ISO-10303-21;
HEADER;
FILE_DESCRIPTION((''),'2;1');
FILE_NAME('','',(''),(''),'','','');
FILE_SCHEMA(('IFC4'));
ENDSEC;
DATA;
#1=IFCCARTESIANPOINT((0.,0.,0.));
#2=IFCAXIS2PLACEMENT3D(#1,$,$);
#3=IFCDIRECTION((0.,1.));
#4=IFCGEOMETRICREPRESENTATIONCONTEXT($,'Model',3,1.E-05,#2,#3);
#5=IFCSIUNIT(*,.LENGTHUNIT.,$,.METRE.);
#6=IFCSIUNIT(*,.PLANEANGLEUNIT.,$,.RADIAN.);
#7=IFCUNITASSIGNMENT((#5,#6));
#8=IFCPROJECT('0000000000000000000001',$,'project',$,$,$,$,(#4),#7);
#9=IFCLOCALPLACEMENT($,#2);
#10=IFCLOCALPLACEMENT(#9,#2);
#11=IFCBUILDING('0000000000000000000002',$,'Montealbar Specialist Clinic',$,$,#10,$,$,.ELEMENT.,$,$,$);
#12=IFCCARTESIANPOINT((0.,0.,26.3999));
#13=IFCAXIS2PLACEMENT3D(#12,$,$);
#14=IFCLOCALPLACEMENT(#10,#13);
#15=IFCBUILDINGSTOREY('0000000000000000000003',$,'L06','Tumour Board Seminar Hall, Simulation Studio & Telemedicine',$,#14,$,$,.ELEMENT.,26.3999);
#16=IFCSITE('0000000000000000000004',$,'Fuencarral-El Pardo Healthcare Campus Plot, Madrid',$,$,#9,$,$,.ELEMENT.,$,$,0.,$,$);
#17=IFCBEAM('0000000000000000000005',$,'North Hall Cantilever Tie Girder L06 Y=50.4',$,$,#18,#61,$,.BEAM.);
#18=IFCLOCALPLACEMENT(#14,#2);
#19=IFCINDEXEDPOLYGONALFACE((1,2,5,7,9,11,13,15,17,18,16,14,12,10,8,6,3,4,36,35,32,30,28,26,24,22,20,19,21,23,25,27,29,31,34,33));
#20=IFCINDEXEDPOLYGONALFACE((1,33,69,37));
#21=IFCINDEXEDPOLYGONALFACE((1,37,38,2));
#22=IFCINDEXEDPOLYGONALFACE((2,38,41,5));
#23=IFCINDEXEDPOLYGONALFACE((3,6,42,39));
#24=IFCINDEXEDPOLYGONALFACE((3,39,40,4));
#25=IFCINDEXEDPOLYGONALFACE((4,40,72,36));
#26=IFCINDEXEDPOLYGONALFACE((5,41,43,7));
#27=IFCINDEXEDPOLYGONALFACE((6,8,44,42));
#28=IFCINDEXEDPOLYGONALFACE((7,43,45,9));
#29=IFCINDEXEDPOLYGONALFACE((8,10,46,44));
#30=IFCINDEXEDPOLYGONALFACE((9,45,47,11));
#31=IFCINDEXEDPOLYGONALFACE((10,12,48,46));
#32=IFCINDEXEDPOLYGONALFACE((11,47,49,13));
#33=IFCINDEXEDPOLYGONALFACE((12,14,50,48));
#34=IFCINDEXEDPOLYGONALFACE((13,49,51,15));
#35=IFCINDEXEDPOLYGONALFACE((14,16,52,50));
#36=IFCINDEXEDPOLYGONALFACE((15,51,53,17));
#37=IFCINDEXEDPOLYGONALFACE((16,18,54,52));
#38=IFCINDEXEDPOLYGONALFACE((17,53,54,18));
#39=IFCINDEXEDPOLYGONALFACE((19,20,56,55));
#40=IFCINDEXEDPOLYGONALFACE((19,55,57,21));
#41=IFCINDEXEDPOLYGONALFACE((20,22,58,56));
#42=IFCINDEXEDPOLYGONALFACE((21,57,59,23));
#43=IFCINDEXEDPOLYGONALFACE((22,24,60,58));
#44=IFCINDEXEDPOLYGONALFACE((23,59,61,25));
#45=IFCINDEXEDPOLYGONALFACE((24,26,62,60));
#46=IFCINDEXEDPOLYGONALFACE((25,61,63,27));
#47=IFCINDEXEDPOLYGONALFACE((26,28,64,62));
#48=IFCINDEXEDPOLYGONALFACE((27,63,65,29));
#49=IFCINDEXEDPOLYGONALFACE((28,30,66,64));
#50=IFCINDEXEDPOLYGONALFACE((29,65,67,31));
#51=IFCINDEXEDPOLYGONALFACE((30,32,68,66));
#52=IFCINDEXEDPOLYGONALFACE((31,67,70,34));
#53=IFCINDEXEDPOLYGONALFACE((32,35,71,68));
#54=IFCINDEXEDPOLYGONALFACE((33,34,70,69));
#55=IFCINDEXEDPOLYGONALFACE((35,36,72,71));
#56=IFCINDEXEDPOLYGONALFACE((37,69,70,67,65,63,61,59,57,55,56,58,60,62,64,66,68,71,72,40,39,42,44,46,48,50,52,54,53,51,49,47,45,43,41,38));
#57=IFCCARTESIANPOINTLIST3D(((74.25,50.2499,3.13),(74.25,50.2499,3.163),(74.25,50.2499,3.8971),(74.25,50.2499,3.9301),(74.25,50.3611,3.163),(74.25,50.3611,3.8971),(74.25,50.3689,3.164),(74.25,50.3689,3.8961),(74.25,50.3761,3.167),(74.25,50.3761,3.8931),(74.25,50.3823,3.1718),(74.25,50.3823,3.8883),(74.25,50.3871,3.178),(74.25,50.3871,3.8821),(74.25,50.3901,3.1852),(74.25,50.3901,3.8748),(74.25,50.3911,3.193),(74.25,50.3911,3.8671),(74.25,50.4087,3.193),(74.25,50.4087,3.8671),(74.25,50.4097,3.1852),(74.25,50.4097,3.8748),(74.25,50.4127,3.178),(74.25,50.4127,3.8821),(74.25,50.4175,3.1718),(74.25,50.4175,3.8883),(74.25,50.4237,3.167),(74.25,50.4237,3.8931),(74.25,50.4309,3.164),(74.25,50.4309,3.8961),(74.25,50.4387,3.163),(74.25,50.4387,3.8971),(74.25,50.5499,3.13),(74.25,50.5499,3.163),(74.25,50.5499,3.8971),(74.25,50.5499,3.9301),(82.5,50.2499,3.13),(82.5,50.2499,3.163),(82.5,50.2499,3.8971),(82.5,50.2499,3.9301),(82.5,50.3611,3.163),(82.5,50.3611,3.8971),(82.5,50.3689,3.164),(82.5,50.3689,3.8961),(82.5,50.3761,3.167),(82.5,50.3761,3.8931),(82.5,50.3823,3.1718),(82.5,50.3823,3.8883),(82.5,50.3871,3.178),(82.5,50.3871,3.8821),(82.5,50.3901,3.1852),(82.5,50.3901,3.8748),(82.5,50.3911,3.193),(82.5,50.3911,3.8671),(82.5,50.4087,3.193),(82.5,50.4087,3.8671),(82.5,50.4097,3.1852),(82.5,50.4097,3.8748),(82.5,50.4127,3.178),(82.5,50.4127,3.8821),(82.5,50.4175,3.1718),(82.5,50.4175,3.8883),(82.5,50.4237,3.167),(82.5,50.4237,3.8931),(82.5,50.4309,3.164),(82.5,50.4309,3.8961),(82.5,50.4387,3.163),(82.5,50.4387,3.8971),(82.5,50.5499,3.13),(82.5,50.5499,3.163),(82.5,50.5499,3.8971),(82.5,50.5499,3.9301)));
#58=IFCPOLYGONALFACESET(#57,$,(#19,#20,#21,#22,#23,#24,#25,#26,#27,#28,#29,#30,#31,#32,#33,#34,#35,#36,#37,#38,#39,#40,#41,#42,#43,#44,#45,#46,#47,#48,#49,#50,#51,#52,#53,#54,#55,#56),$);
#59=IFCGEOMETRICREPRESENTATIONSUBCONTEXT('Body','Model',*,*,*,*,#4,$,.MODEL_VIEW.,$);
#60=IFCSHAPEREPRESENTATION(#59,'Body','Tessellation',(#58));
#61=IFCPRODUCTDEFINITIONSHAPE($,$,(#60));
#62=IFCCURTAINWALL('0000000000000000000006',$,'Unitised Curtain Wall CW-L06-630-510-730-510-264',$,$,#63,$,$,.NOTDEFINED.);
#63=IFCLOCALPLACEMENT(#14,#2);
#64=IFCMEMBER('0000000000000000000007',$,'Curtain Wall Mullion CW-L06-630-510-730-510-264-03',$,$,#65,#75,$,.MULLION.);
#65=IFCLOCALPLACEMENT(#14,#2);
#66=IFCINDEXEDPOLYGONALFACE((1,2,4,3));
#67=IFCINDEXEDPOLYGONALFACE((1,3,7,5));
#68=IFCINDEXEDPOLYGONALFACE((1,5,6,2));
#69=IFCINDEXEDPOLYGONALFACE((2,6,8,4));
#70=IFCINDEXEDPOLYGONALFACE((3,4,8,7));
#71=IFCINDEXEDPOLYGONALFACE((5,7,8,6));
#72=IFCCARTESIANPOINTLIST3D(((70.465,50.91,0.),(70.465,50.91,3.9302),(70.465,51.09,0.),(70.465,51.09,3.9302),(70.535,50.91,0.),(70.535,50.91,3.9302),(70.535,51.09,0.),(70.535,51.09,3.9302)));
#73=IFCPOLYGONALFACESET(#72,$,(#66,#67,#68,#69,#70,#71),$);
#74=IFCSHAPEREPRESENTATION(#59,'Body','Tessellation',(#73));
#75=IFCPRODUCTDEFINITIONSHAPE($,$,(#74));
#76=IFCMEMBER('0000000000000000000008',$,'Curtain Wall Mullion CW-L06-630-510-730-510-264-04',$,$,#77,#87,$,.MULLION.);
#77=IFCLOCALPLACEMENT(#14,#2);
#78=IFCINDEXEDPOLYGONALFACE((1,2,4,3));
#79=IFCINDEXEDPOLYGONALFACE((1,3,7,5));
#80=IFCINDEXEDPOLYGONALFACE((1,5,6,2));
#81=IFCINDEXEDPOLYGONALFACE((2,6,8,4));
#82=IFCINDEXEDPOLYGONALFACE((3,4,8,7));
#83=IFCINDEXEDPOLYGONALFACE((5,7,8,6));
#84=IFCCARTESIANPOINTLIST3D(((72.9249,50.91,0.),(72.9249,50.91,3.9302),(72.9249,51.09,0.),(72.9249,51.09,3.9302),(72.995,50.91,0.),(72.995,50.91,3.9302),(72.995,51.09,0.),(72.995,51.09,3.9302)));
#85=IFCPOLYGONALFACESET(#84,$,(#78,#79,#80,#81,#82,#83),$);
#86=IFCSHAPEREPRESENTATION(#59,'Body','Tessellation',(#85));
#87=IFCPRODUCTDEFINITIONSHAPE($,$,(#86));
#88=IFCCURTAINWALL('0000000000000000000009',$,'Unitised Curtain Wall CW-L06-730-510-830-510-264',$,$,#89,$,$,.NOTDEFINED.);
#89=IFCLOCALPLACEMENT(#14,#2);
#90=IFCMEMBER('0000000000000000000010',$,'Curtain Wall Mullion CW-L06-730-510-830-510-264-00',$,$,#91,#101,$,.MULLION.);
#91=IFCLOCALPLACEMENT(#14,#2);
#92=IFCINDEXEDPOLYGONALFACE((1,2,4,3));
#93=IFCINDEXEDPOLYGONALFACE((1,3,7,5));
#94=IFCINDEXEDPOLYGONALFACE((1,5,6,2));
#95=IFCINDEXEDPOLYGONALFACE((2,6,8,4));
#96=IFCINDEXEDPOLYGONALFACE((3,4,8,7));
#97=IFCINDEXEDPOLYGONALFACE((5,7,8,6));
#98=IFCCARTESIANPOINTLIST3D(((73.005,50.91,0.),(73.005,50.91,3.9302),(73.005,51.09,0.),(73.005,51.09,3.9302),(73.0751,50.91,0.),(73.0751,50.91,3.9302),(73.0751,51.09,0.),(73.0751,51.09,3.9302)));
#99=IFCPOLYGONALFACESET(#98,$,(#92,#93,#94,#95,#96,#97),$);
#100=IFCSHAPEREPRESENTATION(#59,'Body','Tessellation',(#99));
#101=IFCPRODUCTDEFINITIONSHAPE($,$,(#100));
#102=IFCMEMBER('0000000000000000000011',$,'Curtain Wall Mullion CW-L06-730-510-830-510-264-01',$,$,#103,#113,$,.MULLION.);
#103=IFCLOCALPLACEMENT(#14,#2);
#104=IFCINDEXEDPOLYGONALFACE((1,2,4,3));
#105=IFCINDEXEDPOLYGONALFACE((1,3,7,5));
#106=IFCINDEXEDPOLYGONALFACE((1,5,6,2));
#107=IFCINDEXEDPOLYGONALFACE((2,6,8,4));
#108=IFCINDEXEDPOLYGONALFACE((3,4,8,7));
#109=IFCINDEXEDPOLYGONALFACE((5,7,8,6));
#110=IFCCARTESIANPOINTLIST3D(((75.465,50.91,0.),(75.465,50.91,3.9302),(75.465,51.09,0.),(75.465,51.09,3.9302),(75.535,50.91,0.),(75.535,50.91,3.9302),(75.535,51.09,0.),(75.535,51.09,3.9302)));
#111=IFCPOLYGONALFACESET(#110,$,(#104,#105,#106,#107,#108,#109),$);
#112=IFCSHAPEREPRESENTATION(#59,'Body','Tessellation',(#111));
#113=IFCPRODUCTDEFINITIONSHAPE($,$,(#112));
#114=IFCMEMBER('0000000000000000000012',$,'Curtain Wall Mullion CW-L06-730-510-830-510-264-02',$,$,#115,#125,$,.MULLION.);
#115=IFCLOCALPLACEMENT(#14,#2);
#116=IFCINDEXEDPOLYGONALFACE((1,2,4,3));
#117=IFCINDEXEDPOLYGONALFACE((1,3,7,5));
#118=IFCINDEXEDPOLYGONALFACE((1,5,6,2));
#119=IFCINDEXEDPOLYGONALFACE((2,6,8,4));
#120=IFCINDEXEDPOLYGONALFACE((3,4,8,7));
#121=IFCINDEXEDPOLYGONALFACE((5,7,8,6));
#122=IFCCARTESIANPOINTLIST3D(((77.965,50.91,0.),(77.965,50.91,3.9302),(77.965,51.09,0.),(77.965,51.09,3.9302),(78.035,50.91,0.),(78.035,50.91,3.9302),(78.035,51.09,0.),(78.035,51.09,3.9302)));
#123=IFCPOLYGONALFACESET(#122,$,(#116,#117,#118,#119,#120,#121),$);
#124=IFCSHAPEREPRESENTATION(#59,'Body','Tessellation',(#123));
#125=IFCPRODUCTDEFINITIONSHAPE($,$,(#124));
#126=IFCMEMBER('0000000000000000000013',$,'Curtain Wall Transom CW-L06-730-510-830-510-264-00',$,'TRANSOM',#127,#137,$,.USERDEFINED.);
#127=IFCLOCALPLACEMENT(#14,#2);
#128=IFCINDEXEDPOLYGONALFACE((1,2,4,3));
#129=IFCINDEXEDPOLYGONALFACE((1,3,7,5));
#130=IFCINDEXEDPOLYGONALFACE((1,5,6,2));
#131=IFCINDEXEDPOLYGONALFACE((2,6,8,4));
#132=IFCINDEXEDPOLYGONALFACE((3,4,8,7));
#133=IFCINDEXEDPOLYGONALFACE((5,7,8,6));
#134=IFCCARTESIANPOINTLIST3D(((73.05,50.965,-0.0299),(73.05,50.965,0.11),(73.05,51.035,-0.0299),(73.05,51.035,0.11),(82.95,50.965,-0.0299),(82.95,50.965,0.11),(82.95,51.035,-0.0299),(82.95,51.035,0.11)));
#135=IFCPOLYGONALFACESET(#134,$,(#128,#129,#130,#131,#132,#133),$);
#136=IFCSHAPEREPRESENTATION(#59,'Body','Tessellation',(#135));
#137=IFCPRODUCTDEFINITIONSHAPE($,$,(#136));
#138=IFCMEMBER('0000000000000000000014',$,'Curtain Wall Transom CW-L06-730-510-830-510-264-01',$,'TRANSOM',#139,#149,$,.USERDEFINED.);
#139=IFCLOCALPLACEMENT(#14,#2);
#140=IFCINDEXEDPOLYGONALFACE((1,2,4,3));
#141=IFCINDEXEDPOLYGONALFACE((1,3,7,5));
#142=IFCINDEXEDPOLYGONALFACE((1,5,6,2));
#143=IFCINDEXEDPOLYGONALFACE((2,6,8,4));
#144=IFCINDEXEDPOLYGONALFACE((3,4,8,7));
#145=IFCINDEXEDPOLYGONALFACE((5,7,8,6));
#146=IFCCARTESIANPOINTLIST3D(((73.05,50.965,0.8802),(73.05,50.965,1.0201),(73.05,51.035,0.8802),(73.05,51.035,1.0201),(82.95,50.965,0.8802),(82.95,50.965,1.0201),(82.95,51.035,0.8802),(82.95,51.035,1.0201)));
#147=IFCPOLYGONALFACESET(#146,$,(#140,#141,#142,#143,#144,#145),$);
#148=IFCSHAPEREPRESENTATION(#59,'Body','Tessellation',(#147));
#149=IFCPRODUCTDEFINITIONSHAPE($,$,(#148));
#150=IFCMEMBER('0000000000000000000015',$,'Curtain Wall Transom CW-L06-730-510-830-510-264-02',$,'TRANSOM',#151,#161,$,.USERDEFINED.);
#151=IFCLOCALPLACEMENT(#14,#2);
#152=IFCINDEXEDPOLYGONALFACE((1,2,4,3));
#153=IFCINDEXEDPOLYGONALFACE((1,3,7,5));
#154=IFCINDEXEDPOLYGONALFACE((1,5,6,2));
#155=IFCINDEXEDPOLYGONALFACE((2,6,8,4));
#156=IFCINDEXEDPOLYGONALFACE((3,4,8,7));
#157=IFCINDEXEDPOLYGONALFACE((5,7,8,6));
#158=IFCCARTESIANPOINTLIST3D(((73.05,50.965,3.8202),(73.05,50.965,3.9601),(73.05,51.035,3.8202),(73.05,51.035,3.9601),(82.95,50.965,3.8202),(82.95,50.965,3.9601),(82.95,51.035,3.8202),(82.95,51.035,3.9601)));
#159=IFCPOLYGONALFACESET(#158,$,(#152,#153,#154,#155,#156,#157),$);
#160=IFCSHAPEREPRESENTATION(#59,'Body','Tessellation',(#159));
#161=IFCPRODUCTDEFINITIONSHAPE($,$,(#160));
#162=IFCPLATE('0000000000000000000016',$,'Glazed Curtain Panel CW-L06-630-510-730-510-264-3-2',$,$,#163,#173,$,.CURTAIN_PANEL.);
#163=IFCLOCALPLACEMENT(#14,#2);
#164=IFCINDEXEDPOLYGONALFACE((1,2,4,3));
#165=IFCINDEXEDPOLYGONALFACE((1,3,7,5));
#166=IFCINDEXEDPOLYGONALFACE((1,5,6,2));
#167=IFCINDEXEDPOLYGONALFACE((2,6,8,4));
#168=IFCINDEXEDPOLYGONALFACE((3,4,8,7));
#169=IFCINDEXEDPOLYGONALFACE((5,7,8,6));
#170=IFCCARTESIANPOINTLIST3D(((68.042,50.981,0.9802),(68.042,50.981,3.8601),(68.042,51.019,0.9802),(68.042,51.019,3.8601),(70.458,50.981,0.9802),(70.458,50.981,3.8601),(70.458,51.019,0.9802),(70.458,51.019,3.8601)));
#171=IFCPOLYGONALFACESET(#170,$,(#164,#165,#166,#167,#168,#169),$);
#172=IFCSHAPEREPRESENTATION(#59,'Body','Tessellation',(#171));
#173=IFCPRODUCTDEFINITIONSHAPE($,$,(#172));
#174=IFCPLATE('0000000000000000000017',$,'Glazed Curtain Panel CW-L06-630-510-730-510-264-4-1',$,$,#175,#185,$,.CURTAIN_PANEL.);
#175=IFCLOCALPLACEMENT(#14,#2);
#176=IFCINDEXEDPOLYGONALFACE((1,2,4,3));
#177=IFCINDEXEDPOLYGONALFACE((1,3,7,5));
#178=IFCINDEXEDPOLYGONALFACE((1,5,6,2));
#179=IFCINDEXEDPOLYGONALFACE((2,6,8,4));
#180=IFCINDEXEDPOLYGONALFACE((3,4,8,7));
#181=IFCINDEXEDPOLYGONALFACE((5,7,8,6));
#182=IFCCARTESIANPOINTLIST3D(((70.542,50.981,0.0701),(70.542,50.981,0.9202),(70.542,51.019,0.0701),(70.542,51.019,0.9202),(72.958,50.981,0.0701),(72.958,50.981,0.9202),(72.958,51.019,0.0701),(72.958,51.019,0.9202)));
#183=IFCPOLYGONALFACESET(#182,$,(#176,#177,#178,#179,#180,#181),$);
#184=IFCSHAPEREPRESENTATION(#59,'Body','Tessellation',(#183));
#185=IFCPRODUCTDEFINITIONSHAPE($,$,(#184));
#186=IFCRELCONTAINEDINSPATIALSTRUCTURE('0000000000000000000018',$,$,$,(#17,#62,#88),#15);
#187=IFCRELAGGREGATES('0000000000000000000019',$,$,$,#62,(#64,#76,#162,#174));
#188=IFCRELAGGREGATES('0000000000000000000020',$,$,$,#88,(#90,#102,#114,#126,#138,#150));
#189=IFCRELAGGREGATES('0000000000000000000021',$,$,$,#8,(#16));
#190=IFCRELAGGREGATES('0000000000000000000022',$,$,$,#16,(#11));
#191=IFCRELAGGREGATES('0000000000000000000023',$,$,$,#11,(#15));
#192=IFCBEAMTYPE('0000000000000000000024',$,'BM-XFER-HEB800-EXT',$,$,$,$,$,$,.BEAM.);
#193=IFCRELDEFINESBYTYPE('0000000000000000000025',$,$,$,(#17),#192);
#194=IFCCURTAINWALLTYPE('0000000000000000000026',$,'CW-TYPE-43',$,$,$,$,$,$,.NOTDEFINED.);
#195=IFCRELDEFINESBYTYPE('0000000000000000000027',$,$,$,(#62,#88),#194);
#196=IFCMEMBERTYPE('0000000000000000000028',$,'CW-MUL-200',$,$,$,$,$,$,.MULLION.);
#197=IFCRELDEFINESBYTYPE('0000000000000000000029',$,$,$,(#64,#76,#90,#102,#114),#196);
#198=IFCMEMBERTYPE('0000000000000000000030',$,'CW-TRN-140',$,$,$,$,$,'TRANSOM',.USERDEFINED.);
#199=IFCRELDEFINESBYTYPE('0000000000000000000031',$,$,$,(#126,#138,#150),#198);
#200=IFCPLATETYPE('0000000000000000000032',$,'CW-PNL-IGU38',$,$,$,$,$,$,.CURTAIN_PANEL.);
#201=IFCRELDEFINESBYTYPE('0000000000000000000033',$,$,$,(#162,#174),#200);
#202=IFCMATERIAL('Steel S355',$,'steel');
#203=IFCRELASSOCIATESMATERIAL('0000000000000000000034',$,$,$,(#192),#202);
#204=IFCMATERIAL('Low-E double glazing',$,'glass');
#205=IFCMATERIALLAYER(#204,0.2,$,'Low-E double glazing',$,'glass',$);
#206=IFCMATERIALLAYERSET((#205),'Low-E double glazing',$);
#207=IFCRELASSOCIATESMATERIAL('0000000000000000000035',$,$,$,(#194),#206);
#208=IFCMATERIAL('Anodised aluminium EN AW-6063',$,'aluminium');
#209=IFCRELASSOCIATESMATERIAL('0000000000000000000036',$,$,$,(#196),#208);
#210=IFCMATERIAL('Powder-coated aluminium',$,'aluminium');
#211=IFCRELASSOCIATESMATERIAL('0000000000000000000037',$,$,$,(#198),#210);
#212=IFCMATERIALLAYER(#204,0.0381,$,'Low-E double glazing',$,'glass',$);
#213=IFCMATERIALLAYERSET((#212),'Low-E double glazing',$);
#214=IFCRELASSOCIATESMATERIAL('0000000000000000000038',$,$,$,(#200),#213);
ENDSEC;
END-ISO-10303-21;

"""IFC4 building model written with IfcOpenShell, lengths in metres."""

from ifc_helpers import new_model, si_unit, direction, frame, origin, origin_2d, place, context, subcontext, project, spatial, rectangle, i_section, extrude, material, layer, layer_set, material_profile, profile_set, type_object, element, aggregate, save


model = new_model("IFC4")

# Units and contexts
model_context = context("Model", 3, precision=1e-05, world=origin(), true_north=direction((0.0, 1.0)))
body_context = subcontext(model_context, "Body", "Model", "MODEL_VIEW")
ifc_project = project(units=[si_unit("LENGTHUNIT", "METRE"), si_unit("PLANEANGLEUNIT", "RADIAN")], contexts=[model_context])

# Site, building, storey
site_placement = place(None, origin())
site = spatial("IfcSite", under=ifc_project, at=site_placement, Name="Fuencarral-El Pardo Healthcare Campus Plot, Madrid", CompositionType="ELEMENT", RefElevation=0.0)
building_placement = place(site_placement, origin())
building = spatial("IfcBuilding", under=site, at=building_placement, Name="Montealbar Specialist Clinic", CompositionType="ELEMENT")
storey_placement = place(building_placement, frame((0.0, 0.0, 26.3999)))
storey = spatial("IfcBuildingStorey", under=building, at=storey_placement, Name="L06", Description="Tumour Board Seminar Hall, Simulation Studio & Telemedicine", CompositionType="ELEMENT", Elevation=26.3999)

# Shared definitions
ifc_material_1 = material(Name="Steel S355", Category="steel")

# Beam
ifc_material_profile_1 = material_profile(ifc_material_1, i_section(OverallWidth=0.3, OverallDepth=0.8, WebThickness=0.0176, FlangeThickness=0.033, FilletRadius=0.03, at=origin_2d()), Name="HEB 800", Category="steel")
ifc_profile_set_1 = profile_set([ifc_material_profile_1], Name="Steel S355")
beam_type_1 = type_object("IfcBeamType", Name="BM-XFER-HEB800-EXT", PredefinedType="BEAM", material=ifc_profile_set_1)
beam_1_placement = place(storey_placement, frame((74.25, 50.3999, 3.53), z_axis=(1.0, 0.0, 0.0), x_axis=(0.0, 1.0, 0.0)))
element("IfcBeam", 1, at=beam_1_placement, inside=storey, type_object=beam_type_1, Name="North Hall Cantilever Tie Girder L06 Y=50.4", PredefinedType="BEAM", context=body_context, shape_type="SweptSolid", body=[
    extrude(i_section(OverallWidth=0.3, OverallDepth=0.8, WebThickness=0.0176, FlangeThickness=0.033, FilletRadius=0.03, at=origin_2d()), origin(), (0.0, 0.0, 1.0), 8.25),
])

# Curtain walls, members
ifc_material_2 = material(Name="Low-E double glazing", Category="glass")
ifc_layer_1 = layer(ifc_material_2, 0.2, Name="Low-E double glazing", Category="glass")
ifc_layer_set_1 = layer_set([ifc_layer_1], Name="Low-E double glazing")
curtain_wall_type = type_object("IfcCurtainWallType", Name="CW-TYPE-43", PredefinedType="NOTDEFINED", material=ifc_layer_set_1)
curtain_wall_1_placement = place(storey_placement, origin())
curtain_wall_1 = element("IfcCurtainWall", 2, at=curtain_wall_1_placement, inside=storey, type_object=curtain_wall_type, Name="Unitised Curtain Wall CW-L06-630-510-730-510-264", PredefinedType="NOTDEFINED")
ifc_material_3 = material(Name="Anodised aluminium EN AW-6063", Category="aluminium")
ifc_material_profile_2 = material_profile(ifc_material_3, rectangle(XDim=0.0701, YDim=0.1799, at=origin_2d()), Name="ALU 70x180", Category="aluminium")
ifc_profile_set_2 = profile_set([ifc_material_profile_2], Name="Anodised aluminium EN AW-6063")
member_type_1 = type_object("IfcMemberType", Name="CW-MUL-200", PredefinedType="MULLION", material=ifc_profile_set_2)
member_1_placement = place(storey_placement, frame((70.5, 51.0, 0.0), z_axis=(0.0, 0.0, 1.0), x_axis=(1.0, 0.0, 0.0)))
member_1 = element("IfcMember", 3, at=member_1_placement, type_object=member_type_1, Name="Curtain Wall Mullion CW-L06-630-510-730-510-264-03", PredefinedType="MULLION", context=body_context, shape_type="SweptSolid", body=[
    extrude(rectangle(XDim=0.0701, YDim=0.1799, at=origin_2d()), origin(), (0.0, 0.0, 1.0), 3.9302),
])
member_2_placement = place(storey_placement, frame((72.96, 51.0, 0.0), z_axis=(0.0, 0.0, 1.0), x_axis=(1.0, 0.0, 0.0)))
member_2 = element("IfcMember", 4, at=member_2_placement, type_object=member_type_1, Name="Curtain Wall Mullion CW-L06-630-510-730-510-264-04", PredefinedType="MULLION", context=body_context, shape_type="SweptSolid", body=[
    extrude(rectangle(XDim=0.0701, YDim=0.1799, at=origin_2d()), origin(), (0.0, 0.0, 1.0), 3.9302),
])
curtain_wall_2_placement = place(storey_placement, origin())
curtain_wall_2 = element("IfcCurtainWall", 5, at=curtain_wall_2_placement, inside=storey, type_object=curtain_wall_type, Name="Unitised Curtain Wall CW-L06-730-510-830-510-264", PredefinedType="NOTDEFINED")
member_3_placement = place(storey_placement, frame((73.04, 51.0, 0.0), z_axis=(0.0, 0.0, 1.0), x_axis=(1.0, 0.0, 0.0)))
member_3 = element("IfcMember", 6, at=member_3_placement, type_object=member_type_1, Name="Curtain Wall Mullion CW-L06-730-510-830-510-264-00", PredefinedType="MULLION", context=body_context, shape_type="SweptSolid", body=[
    extrude(rectangle(XDim=0.0701, YDim=0.1799, at=origin_2d()), origin(), (0.0, 0.0, 1.0), 3.9302),
])
member_4_placement = place(storey_placement, frame((75.5, 51.0, 0.0), z_axis=(0.0, 0.0, 1.0), x_axis=(1.0, 0.0, 0.0)))
member_4 = element("IfcMember", 7, at=member_4_placement, type_object=member_type_1, Name="Curtain Wall Mullion CW-L06-730-510-830-510-264-01", PredefinedType="MULLION", context=body_context, shape_type="SweptSolid", body=[
    extrude(rectangle(XDim=0.0701, YDim=0.1799, at=origin_2d()), origin(), (0.0, 0.0, 1.0), 3.9302),
])
member_5_placement = place(storey_placement, frame((78.0, 51.0, 0.0), z_axis=(0.0, 0.0, 1.0), x_axis=(1.0, 0.0, 0.0)))
member_5 = element("IfcMember", 8, at=member_5_placement, type_object=member_type_1, Name="Curtain Wall Mullion CW-L06-730-510-830-510-264-02", PredefinedType="MULLION", context=body_context, shape_type="SweptSolid", body=[
    extrude(rectangle(XDim=0.0701, YDim=0.1799, at=origin_2d()), origin(), (0.0, 0.0, 1.0), 3.9302),
])
ifc_material_4 = material(Name="Powder-coated aluminium", Category="aluminium")
ifc_material_profile_3 = material_profile(ifc_material_4, rectangle(XDim=0.0701, YDim=0.1399, at=origin_2d()), Name="ALU 70x140", Category="aluminium")
ifc_profile_set_3 = profile_set([ifc_material_profile_3], Name="Powder-coated aluminium")
member_type_2 = type_object("IfcMemberType", Name="CW-TRN-140", ElementType="TRANSOM", PredefinedType="USERDEFINED", material=ifc_profile_set_3)
member_6_placement = place(storey_placement, frame((73.05, 51.0, 0.04), z_axis=(1.0, 0.0, 0.0), x_axis=(0.0, 1.0, 0.0)))
member_6 = element("IfcMember", 9, at=member_6_placement, type_object=member_type_2, Name="Curtain Wall Transom CW-L06-730-510-830-510-264-00", ObjectType="TRANSOM", PredefinedType="USERDEFINED", context=body_context, shape_type="SweptSolid", body=[
    extrude(rectangle(XDim=0.0701, YDim=0.1399, at=origin_2d()), origin(), (0.0, 0.0, 1.0), 9.8999),
])
member_7_placement = place(storey_placement, frame((73.05, 51.0, 0.9502), z_axis=(1.0, 0.0, 0.0), x_axis=(0.0, 1.0, 0.0)))
member_7 = element("IfcMember", 10, at=member_7_placement, type_object=member_type_2, Name="Curtain Wall Transom CW-L06-730-510-830-510-264-01", ObjectType="TRANSOM", PredefinedType="USERDEFINED", context=body_context, shape_type="SweptSolid", body=[
    extrude(rectangle(XDim=0.0701, YDim=0.1399, at=origin_2d()), origin(), (0.0, 0.0, 1.0), 9.8999),
])
member_8_placement = place(storey_placement, frame((73.05, 51.0, 3.8901), z_axis=(1.0, 0.0, 0.0), x_axis=(0.0, 1.0, 0.0)))
member_8 = element("IfcMember", 11, at=member_8_placement, type_object=member_type_2, Name="Curtain Wall Transom CW-L06-730-510-830-510-264-02", ObjectType="TRANSOM", PredefinedType="USERDEFINED", context=body_context, shape_type="SweptSolid", body=[
    extrude(rectangle(XDim=0.0701, YDim=0.1399, at=origin_2d()), origin(), (0.0, 0.0, 1.0), 9.8999),
])

# Plates
ifc_layer_2 = layer(ifc_material_2, 0.0381, Name="Low-E double glazing", Category="glass")
ifc_layer_set_2 = layer_set([ifc_layer_2], Name="Low-E double glazing")
plate_type = type_object("IfcPlateType", Name="CW-PNL-IGU38", PredefinedType="CURTAIN_PANEL", material=ifc_layer_set_2)
plate_1_placement = place(storey_placement, frame((69.25, 51.0, 0.9802), z_axis=(0.0, 0.0, 1.0), x_axis=(1.0, 0.0, 0.0)))
plate_1 = element("IfcPlate", 12, at=plate_1_placement, type_object=plate_type, Name="Glazed Curtain Panel CW-L06-630-510-730-510-264-3-2", PredefinedType="CURTAIN_PANEL", context=body_context, shape_type="SweptSolid", body=[
    extrude(rectangle(XDim=2.416, YDim=0.0381, at=origin_2d()), origin(), (0.0, 0.0, 1.0), 2.8799),
])
plate_2_placement = place(storey_placement, frame((71.75, 51.0, 0.0701), z_axis=(0.0, 0.0, 1.0), x_axis=(1.0, 0.0, 0.0)))
plate_2 = element("IfcPlate", 13, at=plate_2_placement, type_object=plate_type, Name="Glazed Curtain Panel CW-L06-630-510-730-510-264-4-1", PredefinedType="CURTAIN_PANEL", context=body_context, shape_type="SweptSolid", body=[
    extrude(rectangle(XDim=2.416, YDim=0.0381, at=origin_2d()), origin(), (0.0, 0.0, 1.0), 0.8501),
])
aggregate(curtain_wall_1, [member_1, member_2, plate_1, plate_2])
aggregate(curtain_wall_2, [member_3, member_4, member_5, member_6, member_7, member_8])

save(model, "model.ifc")
